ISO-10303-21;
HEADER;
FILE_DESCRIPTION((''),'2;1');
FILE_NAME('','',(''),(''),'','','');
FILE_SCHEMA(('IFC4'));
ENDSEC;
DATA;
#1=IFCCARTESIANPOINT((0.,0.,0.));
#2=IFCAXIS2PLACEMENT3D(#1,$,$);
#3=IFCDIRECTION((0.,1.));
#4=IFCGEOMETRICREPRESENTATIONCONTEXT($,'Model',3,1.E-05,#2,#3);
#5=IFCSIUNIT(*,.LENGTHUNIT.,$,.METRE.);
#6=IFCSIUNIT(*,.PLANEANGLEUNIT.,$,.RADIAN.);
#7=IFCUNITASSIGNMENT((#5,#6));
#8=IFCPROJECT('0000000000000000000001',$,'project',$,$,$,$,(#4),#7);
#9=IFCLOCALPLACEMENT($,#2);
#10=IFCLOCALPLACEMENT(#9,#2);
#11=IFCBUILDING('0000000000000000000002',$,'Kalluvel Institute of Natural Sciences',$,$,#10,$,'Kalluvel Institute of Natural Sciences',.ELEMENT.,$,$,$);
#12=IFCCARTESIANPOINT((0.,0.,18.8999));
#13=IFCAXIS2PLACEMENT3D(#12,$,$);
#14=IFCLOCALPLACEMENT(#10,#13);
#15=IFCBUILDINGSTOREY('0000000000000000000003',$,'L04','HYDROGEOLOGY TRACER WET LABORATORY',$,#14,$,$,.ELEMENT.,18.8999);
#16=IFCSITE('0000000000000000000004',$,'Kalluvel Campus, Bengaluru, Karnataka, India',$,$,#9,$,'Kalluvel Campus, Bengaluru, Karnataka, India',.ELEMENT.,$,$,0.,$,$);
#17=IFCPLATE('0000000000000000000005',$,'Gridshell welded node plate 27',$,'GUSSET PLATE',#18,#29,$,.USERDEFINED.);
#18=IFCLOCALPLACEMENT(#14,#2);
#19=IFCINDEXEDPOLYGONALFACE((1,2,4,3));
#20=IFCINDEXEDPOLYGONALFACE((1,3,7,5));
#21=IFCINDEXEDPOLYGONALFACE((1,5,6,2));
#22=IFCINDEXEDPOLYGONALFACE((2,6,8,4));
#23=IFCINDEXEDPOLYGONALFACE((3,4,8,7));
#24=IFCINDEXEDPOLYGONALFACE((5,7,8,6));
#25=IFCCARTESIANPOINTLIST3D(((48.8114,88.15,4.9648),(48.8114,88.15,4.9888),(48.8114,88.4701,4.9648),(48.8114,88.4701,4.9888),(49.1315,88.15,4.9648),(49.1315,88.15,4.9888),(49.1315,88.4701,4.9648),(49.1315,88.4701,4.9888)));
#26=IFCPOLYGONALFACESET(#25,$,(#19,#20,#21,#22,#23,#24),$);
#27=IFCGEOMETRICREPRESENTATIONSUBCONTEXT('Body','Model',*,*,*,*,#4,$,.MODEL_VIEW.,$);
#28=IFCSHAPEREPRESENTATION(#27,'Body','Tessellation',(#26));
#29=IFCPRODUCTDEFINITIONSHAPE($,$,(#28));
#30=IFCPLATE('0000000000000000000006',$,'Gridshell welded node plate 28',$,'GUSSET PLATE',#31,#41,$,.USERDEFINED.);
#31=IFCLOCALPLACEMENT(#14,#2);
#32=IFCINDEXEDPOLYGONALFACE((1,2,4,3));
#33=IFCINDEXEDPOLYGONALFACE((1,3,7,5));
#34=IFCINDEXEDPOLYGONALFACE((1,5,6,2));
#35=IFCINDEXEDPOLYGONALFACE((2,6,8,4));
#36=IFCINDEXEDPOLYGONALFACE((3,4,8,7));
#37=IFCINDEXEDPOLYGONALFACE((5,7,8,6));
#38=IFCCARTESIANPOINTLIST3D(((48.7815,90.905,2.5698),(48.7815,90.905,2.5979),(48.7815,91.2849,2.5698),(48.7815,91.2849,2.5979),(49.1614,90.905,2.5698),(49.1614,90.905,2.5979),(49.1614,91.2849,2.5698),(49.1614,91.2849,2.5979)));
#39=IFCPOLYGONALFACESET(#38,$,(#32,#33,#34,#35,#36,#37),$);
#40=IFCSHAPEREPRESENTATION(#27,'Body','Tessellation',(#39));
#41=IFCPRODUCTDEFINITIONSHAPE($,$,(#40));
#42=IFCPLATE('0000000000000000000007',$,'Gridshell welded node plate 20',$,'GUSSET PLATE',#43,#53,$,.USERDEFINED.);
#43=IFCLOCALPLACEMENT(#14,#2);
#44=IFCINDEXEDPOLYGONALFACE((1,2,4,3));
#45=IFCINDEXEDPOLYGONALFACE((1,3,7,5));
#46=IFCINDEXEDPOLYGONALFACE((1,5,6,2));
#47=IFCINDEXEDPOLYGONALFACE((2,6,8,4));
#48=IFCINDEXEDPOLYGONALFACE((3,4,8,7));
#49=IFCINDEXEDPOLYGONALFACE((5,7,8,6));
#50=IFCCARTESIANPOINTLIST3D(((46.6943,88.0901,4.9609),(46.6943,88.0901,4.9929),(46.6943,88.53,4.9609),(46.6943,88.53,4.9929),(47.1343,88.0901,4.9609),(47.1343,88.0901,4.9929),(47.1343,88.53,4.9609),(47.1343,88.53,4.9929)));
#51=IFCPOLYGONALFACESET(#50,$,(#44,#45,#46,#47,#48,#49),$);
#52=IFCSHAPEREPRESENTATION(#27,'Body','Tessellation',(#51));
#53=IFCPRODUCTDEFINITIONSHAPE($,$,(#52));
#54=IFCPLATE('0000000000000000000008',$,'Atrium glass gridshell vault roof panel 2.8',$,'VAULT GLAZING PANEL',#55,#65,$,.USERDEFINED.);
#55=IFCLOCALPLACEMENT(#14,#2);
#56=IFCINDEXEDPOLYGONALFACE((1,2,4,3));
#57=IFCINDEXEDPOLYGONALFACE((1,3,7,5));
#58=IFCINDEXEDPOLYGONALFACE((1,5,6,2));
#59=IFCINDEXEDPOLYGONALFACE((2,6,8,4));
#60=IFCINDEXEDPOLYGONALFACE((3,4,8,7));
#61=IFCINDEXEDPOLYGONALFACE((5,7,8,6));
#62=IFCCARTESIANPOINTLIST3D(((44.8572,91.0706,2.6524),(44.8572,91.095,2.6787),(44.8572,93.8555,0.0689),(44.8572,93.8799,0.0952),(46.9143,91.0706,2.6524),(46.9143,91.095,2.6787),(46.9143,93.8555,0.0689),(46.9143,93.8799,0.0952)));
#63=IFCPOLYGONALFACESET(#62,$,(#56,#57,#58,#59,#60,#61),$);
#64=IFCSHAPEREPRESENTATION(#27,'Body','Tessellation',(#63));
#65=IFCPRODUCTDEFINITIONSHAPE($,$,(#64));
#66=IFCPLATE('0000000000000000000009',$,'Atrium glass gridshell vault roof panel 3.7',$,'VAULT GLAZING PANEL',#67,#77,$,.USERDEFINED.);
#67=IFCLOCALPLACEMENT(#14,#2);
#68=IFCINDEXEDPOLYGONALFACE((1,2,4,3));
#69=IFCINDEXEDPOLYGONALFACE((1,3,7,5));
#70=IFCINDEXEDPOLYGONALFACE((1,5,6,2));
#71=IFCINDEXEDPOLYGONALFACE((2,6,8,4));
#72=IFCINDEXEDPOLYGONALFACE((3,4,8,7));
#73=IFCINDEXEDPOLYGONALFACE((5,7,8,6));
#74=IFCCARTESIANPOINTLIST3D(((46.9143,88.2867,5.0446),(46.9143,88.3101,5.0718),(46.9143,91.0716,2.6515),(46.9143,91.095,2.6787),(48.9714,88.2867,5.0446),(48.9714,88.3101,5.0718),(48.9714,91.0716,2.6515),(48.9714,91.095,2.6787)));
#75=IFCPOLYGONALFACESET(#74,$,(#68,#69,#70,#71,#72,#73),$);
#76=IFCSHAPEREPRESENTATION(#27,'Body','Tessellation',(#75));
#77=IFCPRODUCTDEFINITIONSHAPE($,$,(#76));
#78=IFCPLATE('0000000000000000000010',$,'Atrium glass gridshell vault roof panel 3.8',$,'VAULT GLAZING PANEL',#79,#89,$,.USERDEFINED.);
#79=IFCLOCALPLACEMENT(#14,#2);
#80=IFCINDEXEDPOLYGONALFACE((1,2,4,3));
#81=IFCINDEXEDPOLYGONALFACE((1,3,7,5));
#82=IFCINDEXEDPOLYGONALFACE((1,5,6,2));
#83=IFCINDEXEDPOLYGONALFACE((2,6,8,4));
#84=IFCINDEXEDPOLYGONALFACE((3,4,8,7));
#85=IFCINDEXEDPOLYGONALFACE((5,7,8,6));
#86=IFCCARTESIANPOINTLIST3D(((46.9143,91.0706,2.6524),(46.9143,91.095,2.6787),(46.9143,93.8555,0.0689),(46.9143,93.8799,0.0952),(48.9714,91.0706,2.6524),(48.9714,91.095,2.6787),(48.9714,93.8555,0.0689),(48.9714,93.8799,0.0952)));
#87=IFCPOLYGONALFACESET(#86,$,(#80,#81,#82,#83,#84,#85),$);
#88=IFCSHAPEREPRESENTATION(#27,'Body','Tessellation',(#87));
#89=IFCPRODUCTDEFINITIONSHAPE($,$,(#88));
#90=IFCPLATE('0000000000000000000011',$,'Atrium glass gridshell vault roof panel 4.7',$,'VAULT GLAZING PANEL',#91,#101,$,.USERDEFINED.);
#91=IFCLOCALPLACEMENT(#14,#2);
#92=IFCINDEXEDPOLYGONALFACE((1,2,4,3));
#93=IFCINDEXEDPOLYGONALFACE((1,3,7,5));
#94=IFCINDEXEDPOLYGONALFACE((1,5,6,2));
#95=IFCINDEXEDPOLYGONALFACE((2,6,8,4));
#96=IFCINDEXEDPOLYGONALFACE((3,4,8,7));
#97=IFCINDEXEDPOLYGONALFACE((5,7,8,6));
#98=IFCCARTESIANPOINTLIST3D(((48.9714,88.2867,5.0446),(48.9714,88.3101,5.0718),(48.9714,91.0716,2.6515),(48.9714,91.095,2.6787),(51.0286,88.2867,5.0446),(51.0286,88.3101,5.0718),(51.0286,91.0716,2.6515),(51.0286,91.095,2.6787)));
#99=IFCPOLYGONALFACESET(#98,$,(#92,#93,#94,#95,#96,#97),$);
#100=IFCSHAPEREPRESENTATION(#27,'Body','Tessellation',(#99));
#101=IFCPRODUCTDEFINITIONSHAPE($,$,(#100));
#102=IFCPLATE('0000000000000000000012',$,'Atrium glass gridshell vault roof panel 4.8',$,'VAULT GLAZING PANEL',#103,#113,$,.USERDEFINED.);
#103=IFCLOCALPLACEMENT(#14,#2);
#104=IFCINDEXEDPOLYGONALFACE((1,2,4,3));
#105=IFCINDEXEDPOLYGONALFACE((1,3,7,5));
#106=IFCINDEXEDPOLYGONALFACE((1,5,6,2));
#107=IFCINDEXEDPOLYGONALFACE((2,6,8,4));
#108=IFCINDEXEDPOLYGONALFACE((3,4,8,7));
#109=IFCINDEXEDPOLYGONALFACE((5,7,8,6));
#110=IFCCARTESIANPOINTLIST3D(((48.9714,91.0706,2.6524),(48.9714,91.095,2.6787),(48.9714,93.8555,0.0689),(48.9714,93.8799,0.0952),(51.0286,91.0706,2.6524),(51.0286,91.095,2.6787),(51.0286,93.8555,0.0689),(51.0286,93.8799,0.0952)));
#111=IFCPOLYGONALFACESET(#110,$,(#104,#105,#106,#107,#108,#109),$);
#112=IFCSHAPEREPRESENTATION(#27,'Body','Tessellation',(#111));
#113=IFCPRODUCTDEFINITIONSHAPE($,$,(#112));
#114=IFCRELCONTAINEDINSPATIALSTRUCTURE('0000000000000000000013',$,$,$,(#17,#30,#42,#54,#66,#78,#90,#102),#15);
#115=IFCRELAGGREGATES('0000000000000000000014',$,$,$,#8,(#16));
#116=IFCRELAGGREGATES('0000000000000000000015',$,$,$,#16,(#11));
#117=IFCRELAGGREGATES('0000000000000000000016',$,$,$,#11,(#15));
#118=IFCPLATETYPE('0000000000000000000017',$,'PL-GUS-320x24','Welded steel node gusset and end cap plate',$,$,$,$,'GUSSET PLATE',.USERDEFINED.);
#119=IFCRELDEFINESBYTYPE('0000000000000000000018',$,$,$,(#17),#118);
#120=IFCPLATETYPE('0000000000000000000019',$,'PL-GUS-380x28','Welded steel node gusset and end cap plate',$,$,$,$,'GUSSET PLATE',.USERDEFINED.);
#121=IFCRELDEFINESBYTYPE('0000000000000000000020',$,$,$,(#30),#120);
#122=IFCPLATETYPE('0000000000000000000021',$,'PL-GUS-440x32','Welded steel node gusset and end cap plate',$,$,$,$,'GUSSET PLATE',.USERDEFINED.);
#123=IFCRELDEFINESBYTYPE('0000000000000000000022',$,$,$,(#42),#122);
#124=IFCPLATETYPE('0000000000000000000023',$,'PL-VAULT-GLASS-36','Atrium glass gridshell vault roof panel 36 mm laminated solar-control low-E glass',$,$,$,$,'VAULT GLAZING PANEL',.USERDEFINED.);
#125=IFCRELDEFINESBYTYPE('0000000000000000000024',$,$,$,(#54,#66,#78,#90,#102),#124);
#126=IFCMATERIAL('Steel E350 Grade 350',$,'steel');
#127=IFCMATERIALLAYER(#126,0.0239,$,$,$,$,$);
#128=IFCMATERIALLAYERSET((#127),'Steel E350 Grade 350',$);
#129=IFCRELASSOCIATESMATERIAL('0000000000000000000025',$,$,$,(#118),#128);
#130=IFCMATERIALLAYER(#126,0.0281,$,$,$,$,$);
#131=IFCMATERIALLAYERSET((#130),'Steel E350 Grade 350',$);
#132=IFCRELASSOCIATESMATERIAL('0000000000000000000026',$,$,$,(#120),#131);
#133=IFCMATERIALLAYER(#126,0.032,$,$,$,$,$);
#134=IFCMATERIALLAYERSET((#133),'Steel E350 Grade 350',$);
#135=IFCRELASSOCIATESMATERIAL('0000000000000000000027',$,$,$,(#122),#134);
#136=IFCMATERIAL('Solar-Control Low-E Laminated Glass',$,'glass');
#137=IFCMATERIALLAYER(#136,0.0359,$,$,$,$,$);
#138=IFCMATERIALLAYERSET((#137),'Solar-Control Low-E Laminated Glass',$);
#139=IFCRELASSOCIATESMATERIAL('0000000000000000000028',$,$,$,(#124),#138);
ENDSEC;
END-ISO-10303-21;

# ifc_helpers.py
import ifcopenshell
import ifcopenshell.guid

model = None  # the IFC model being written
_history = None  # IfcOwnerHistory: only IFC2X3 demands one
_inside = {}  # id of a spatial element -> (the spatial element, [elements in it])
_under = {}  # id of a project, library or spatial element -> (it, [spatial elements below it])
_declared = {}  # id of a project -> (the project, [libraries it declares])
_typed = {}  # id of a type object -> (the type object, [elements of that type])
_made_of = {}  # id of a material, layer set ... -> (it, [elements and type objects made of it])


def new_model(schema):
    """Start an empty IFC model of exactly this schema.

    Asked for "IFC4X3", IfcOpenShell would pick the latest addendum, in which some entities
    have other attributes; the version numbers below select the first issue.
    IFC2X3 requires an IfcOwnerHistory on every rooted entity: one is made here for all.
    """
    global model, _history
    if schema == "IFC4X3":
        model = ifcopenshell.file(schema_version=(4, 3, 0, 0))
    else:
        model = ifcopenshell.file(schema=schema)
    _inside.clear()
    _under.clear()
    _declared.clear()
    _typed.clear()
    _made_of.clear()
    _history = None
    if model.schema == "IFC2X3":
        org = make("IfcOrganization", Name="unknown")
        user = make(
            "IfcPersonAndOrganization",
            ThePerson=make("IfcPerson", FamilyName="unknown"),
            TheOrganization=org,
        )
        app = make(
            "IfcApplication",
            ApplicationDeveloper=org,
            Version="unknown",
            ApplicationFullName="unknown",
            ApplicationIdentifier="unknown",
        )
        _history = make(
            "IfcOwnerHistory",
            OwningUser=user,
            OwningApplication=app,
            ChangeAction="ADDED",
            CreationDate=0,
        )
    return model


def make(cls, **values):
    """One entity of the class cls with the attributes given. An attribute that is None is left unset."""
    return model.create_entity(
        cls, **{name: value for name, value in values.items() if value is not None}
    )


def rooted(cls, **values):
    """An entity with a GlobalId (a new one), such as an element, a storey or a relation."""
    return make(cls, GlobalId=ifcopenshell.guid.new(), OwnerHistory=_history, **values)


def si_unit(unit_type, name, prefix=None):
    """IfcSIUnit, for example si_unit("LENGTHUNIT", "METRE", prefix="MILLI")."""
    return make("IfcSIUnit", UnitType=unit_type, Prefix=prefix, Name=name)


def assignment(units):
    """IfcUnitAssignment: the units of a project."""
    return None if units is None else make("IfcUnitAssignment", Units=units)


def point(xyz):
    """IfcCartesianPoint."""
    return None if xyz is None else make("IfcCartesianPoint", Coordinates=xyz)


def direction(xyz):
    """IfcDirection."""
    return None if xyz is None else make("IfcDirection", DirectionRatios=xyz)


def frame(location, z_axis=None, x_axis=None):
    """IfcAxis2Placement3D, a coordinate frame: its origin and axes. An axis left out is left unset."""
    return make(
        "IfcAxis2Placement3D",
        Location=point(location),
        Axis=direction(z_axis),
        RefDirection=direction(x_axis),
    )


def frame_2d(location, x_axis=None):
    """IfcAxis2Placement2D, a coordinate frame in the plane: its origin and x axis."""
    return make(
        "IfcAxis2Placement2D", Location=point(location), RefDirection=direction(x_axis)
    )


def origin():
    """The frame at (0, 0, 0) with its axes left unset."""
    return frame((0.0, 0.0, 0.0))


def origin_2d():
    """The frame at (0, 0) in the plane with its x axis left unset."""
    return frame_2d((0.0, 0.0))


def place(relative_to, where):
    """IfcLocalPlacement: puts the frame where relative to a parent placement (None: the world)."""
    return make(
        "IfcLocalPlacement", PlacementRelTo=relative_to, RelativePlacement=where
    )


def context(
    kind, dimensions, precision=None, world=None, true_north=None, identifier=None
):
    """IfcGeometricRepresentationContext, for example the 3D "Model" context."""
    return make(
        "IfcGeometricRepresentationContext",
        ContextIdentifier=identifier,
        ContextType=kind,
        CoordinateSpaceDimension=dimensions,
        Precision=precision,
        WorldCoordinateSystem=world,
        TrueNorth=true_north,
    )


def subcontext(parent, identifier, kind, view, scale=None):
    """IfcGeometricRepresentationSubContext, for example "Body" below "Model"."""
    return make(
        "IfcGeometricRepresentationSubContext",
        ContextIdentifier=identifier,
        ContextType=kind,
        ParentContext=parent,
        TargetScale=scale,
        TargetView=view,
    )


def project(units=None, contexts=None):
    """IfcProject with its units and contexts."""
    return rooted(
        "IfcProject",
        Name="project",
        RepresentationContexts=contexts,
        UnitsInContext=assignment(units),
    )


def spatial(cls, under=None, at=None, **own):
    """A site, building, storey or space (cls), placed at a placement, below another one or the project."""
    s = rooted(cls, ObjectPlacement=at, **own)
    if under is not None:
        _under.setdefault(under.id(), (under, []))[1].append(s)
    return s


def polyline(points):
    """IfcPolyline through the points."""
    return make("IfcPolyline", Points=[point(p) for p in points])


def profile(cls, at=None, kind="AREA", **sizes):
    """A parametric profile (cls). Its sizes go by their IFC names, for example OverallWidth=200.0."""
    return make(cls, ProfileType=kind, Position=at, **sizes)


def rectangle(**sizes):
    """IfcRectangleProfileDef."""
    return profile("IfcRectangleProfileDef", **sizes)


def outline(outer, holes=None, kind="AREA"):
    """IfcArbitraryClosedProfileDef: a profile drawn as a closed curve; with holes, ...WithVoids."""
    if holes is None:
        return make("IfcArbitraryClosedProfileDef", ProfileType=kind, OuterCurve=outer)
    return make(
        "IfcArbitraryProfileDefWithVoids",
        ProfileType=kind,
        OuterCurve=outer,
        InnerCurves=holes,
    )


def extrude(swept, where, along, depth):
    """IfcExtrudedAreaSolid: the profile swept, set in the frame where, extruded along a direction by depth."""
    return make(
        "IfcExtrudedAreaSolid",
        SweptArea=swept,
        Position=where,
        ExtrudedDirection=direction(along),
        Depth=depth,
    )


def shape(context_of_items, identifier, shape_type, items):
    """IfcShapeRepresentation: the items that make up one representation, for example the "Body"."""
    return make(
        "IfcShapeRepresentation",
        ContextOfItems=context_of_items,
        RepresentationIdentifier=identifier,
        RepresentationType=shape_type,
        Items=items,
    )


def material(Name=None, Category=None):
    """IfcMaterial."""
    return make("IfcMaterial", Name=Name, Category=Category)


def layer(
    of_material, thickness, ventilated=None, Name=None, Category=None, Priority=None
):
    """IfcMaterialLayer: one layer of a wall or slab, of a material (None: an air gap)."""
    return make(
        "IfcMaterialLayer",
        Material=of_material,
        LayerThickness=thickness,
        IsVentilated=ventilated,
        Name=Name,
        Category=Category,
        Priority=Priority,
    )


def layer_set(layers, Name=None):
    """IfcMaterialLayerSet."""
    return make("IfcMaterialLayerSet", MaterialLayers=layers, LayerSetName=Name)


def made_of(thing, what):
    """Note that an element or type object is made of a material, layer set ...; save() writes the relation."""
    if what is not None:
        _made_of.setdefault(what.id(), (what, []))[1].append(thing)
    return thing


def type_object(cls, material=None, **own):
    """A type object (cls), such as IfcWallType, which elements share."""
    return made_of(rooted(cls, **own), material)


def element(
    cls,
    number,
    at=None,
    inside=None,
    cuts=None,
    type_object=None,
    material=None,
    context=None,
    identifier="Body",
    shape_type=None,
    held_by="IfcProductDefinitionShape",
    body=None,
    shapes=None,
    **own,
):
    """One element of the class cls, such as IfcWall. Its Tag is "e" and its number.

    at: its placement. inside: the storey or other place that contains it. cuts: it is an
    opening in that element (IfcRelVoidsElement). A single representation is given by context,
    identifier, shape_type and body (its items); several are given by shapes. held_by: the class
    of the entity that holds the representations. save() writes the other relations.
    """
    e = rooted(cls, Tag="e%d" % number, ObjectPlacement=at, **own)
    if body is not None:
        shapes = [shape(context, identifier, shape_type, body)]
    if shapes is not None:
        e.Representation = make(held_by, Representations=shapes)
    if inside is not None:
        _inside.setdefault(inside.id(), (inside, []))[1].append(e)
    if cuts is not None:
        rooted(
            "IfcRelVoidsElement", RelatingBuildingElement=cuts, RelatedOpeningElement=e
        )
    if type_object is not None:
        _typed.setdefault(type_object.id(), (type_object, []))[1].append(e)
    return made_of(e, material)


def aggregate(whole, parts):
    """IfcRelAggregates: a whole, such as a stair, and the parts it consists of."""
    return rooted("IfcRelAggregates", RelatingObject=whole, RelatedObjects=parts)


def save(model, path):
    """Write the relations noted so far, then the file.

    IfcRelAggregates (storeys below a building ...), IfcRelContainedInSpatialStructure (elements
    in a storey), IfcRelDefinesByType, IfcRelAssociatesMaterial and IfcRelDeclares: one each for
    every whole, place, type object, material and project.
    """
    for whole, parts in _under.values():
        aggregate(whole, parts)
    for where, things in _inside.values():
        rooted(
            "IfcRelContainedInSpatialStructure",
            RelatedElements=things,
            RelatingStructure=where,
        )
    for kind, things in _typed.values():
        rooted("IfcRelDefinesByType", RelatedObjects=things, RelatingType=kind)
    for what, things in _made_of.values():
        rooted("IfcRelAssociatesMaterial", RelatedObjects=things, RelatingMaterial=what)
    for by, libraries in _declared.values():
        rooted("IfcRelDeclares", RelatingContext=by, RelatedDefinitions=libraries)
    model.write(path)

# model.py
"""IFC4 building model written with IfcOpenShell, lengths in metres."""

from ifc_helpers import new_model, si_unit, direction, frame, origin, origin_2d, place, context, subcontext, project, spatial, polyline, rectangle, outline, extrude, material, layer, layer_set, type_object, element, save


model = new_model("IFC4")

# Units and contexts
model_context = context("Model", 3, precision=1e-05, world=origin(), true_north=direction((0.0, 1.0)))
body_context = subcontext(model_context, "Body", "Model", "MODEL_VIEW")
ifc_project = project(units=[si_unit("LENGTHUNIT", "METRE"), si_unit("PLANEANGLEUNIT", "RADIAN")], contexts=[model_context])

# Site, building, storey
site_placement = place(None, origin())
site = spatial("IfcSite", under=ifc_project, at=site_placement, Name="Kalluvel Campus, Bengaluru, Karnataka, India", LongName="Kalluvel Campus, Bengaluru, Karnataka, India", CompositionType="ELEMENT", RefElevation=0.0)
building_placement = place(site_placement, origin())
building = spatial("IfcBuilding", under=site, at=building_placement, Name="Kalluvel Institute of Natural Sciences", LongName="Kalluvel Institute of Natural Sciences", CompositionType="ELEMENT")
storey_placement = place(building_placement, frame((0.0, 0.0, 18.8999)))
storey = spatial("IfcBuildingStorey", under=building, at=storey_placement, Name="L04", Description="HYDROGEOLOGY TRACER WET LABORATORY", CompositionType="ELEMENT", Elevation=18.8999)

# Shared definitions
ifc_material_1 = material(Name="Steel E350 Grade 350", Category="steel")

# Plates
ifc_layer_1 = layer(ifc_material_1, 0.0239)
ifc_layer_set_1 = layer_set([ifc_layer_1], Name="Steel E350 Grade 350")
plate_type_1 = type_object("IfcPlateType", Name="PL-GUS-320x24", Description="Welded steel node gusset and end cap plate", ElementType="GUSSET PLATE", PredefinedType="USERDEFINED", material=ifc_layer_set_1)
for number, where, z_axis, x_axis, name in (
    (1, (48.9714, 88.3101, 4.9648), (0.0, 0.0, 1.0), (1.0, 0.0, 0.0), "Gridshell welded node plate 27"),
):
    element("IfcPlate", number, at=place(storey_placement, frame(where, z_axis=z_axis, x_axis=x_axis)), inside=storey, type_object=plate_type_1, Name=name, ObjectType="GUSSET PLATE", PredefinedType="USERDEFINED", context=body_context, shape_type="SweptSolid", body=[
        extrude(rectangle(XDim=0.3201, YDim=0.3201, at=origin_2d()), origin(), (0.0, 0.0, 1.0), 0.0239),
    ])
ifc_layer_2 = layer(ifc_material_1, 0.0281)
ifc_layer_set_2 = layer_set([ifc_layer_2], Name="Steel E350 Grade 350")
plate_type_2 = type_object("IfcPlateType", Name="PL-GUS-380x28", Description="Welded steel node gusset and end cap plate", ElementType="GUSSET PLATE", PredefinedType="USERDEFINED", material=ifc_layer_set_2)
plate_1_placement = place(storey_placement, frame((48.9714, 91.095, 2.5698), z_axis=(0.0, 0.0, 1.0), x_axis=(1.0, 0.0, 0.0)))
element("IfcPlate", 2, at=plate_1_placement, inside=storey, type_object=plate_type_2, Name="Gridshell welded node plate 28", ObjectType="GUSSET PLATE", PredefinedType="USERDEFINED", context=body_context, shape_type="SweptSolid", body=[
    extrude(rectangle(XDim=0.3799, YDim=0.3799, at=origin_2d()), origin(), (0.0, 0.0, 1.0), 0.0281),
])
ifc_layer_3 = layer(ifc_material_1, 0.032)
ifc_layer_set_3 = layer_set([ifc_layer_3], Name="Steel E350 Grade 350")
plate_type_3 = type_object("IfcPlateType", Name="PL-GUS-440x32", Description="Welded steel node gusset and end cap plate", ElementType="GUSSET PLATE", PredefinedType="USERDEFINED", material=ifc_layer_set_3)
plate_2_placement = place(storey_placement, frame((46.9143, 88.3101, 4.9609), z_axis=(0.0, 0.0, 1.0), x_axis=(1.0, 0.0, 0.0)))
element("IfcPlate", 3, at=plate_2_placement, inside=storey, type_object=plate_type_3, Name="Gridshell welded node plate 20", ObjectType="GUSSET PLATE", PredefinedType="USERDEFINED", context=body_context, shape_type="SweptSolid", body=[
    extrude(rectangle(XDim=0.4399, YDim=0.4399, at=origin_2d()), origin(), (0.0, 0.0, 1.0), 0.032),
])
ifc_material_2 = material(Name="Solar-Control Low-E Laminated Glass", Category="glass")
ifc_layer_4 = layer(ifc_material_2, 0.0359)
ifc_layer_set_4 = layer_set([ifc_layer_4], Name="Solar-Control Low-E Laminated Glass")
plate_type_4 = type_object("IfcPlateType", Name="PL-VAULT-GLASS-36", Description="Atrium glass gridshell vault roof panel 36 mm laminated solar-control low-E glass", ElementType="VAULT GLAZING PANEL", PredefinedType="USERDEFINED", material=ifc_layer_set_4)
plate_3_placement = place(storey_placement, frame((44.8572, 91.095, 2.6787), z_axis=(0.0, 0.680099, 0.733121), x_axis=(1.0, 0.0, 0.0)))
element("IfcPlate", 4, at=plate_3_placement, inside=storey, type_object=plate_type_4, Name="Atrium glass gridshell vault roof panel 2.8", ObjectType="VAULT GLAZING PANEL", PredefinedType="USERDEFINED", context=body_context, shape_type="SweptSolid", body=[
    extrude(outline(polyline([(0.0, 0.0), (2.0571, 0.0), (2.0571, 3.7987), (0.0, 3.7987), (0.0, 0.0)])), origin(), (0.0, 0.0, -1.0), 0.0359),
])
plate_4_placement = place(storey_placement, frame((46.9143, 88.3101, 5.0718), z_axis=(0.0, 0.651733, 0.758449), x_axis=(1.0, 0.0, 0.0)))
element("IfcPlate", 5, at=plate_4_placement, inside=storey, type_object=plate_type_4, Name="Atrium glass gridshell vault roof panel 3.7", ObjectType="VAULT GLAZING PANEL", PredefinedType="USERDEFINED", context=body_context, shape_type="SweptSolid", body=[
    extrude(outline(polyline([(0.0, 0.0), (2.0571, 0.0), (2.0571, 3.6719), (0.0, 3.6719), (0.0, 0.0)])), origin(), (0.0, 0.0, -1.0), 0.0359),
])
plate_5_placement = place(storey_placement, frame((46.9143, 91.095, 2.6787), z_axis=(0.0, 0.680099, 0.733121), x_axis=(1.0, 0.0, 0.0)))
element("IfcPlate", 6, at=plate_5_placement, inside=storey, type_object=plate_type_4, Name="Atrium glass gridshell vault roof panel 3.8", ObjectType="VAULT GLAZING PANEL", PredefinedType="USERDEFINED", context=body_context, shape_type="SweptSolid", body=[
    extrude(outline(polyline([(0.0, 0.0), (2.0571, 0.0), (2.0571, 3.7987), (0.0, 3.7987), (0.0, 0.0)])), origin(), (0.0, 0.0, -1.0), 0.0359),
])
plate_6_placement = place(storey_placement, frame((48.9714, 88.3101, 5.0718), z_axis=(0.0, 0.651733, 0.758449), x_axis=(1.0, 0.0, 0.0)))
element("IfcPlate", 7, at=plate_6_placement, inside=storey, type_object=plate_type_4, Name="Atrium glass gridshell vault roof panel 4.7", ObjectType="VAULT GLAZING PANEL", PredefinedType="USERDEFINED", context=body_context, shape_type="SweptSolid", body=[
    extrude(outline(polyline([(0.0, 0.0), (2.0571, 0.0), (2.0571, 3.6719), (0.0, 3.6719), (0.0, 0.0)])), origin(), (0.0, 0.0, -1.0), 0.0359),
])
plate_7_placement = place(storey_placement, frame((48.9714, 91.095, 2.6787), z_axis=(0.0, 0.680099, 0.733121), x_axis=(1.0, 0.0, 0.0)))
element("IfcPlate", 8, at=plate_7_placement, inside=storey, type_object=plate_type_4, Name="Atrium glass gridshell vault roof panel 4.8", ObjectType="VAULT GLAZING PANEL", PredefinedType="USERDEFINED", context=body_context, shape_type="SweptSolid", body=[
    extrude(outline(polyline([(0.0, 0.0), (2.0571, 0.0), (2.0571, 3.7987), (0.0, 3.7987), (0.0, 0.0)])), origin(), (0.0, 0.0, -1.0), 0.0359),
])

save(model, "model.ifc")
